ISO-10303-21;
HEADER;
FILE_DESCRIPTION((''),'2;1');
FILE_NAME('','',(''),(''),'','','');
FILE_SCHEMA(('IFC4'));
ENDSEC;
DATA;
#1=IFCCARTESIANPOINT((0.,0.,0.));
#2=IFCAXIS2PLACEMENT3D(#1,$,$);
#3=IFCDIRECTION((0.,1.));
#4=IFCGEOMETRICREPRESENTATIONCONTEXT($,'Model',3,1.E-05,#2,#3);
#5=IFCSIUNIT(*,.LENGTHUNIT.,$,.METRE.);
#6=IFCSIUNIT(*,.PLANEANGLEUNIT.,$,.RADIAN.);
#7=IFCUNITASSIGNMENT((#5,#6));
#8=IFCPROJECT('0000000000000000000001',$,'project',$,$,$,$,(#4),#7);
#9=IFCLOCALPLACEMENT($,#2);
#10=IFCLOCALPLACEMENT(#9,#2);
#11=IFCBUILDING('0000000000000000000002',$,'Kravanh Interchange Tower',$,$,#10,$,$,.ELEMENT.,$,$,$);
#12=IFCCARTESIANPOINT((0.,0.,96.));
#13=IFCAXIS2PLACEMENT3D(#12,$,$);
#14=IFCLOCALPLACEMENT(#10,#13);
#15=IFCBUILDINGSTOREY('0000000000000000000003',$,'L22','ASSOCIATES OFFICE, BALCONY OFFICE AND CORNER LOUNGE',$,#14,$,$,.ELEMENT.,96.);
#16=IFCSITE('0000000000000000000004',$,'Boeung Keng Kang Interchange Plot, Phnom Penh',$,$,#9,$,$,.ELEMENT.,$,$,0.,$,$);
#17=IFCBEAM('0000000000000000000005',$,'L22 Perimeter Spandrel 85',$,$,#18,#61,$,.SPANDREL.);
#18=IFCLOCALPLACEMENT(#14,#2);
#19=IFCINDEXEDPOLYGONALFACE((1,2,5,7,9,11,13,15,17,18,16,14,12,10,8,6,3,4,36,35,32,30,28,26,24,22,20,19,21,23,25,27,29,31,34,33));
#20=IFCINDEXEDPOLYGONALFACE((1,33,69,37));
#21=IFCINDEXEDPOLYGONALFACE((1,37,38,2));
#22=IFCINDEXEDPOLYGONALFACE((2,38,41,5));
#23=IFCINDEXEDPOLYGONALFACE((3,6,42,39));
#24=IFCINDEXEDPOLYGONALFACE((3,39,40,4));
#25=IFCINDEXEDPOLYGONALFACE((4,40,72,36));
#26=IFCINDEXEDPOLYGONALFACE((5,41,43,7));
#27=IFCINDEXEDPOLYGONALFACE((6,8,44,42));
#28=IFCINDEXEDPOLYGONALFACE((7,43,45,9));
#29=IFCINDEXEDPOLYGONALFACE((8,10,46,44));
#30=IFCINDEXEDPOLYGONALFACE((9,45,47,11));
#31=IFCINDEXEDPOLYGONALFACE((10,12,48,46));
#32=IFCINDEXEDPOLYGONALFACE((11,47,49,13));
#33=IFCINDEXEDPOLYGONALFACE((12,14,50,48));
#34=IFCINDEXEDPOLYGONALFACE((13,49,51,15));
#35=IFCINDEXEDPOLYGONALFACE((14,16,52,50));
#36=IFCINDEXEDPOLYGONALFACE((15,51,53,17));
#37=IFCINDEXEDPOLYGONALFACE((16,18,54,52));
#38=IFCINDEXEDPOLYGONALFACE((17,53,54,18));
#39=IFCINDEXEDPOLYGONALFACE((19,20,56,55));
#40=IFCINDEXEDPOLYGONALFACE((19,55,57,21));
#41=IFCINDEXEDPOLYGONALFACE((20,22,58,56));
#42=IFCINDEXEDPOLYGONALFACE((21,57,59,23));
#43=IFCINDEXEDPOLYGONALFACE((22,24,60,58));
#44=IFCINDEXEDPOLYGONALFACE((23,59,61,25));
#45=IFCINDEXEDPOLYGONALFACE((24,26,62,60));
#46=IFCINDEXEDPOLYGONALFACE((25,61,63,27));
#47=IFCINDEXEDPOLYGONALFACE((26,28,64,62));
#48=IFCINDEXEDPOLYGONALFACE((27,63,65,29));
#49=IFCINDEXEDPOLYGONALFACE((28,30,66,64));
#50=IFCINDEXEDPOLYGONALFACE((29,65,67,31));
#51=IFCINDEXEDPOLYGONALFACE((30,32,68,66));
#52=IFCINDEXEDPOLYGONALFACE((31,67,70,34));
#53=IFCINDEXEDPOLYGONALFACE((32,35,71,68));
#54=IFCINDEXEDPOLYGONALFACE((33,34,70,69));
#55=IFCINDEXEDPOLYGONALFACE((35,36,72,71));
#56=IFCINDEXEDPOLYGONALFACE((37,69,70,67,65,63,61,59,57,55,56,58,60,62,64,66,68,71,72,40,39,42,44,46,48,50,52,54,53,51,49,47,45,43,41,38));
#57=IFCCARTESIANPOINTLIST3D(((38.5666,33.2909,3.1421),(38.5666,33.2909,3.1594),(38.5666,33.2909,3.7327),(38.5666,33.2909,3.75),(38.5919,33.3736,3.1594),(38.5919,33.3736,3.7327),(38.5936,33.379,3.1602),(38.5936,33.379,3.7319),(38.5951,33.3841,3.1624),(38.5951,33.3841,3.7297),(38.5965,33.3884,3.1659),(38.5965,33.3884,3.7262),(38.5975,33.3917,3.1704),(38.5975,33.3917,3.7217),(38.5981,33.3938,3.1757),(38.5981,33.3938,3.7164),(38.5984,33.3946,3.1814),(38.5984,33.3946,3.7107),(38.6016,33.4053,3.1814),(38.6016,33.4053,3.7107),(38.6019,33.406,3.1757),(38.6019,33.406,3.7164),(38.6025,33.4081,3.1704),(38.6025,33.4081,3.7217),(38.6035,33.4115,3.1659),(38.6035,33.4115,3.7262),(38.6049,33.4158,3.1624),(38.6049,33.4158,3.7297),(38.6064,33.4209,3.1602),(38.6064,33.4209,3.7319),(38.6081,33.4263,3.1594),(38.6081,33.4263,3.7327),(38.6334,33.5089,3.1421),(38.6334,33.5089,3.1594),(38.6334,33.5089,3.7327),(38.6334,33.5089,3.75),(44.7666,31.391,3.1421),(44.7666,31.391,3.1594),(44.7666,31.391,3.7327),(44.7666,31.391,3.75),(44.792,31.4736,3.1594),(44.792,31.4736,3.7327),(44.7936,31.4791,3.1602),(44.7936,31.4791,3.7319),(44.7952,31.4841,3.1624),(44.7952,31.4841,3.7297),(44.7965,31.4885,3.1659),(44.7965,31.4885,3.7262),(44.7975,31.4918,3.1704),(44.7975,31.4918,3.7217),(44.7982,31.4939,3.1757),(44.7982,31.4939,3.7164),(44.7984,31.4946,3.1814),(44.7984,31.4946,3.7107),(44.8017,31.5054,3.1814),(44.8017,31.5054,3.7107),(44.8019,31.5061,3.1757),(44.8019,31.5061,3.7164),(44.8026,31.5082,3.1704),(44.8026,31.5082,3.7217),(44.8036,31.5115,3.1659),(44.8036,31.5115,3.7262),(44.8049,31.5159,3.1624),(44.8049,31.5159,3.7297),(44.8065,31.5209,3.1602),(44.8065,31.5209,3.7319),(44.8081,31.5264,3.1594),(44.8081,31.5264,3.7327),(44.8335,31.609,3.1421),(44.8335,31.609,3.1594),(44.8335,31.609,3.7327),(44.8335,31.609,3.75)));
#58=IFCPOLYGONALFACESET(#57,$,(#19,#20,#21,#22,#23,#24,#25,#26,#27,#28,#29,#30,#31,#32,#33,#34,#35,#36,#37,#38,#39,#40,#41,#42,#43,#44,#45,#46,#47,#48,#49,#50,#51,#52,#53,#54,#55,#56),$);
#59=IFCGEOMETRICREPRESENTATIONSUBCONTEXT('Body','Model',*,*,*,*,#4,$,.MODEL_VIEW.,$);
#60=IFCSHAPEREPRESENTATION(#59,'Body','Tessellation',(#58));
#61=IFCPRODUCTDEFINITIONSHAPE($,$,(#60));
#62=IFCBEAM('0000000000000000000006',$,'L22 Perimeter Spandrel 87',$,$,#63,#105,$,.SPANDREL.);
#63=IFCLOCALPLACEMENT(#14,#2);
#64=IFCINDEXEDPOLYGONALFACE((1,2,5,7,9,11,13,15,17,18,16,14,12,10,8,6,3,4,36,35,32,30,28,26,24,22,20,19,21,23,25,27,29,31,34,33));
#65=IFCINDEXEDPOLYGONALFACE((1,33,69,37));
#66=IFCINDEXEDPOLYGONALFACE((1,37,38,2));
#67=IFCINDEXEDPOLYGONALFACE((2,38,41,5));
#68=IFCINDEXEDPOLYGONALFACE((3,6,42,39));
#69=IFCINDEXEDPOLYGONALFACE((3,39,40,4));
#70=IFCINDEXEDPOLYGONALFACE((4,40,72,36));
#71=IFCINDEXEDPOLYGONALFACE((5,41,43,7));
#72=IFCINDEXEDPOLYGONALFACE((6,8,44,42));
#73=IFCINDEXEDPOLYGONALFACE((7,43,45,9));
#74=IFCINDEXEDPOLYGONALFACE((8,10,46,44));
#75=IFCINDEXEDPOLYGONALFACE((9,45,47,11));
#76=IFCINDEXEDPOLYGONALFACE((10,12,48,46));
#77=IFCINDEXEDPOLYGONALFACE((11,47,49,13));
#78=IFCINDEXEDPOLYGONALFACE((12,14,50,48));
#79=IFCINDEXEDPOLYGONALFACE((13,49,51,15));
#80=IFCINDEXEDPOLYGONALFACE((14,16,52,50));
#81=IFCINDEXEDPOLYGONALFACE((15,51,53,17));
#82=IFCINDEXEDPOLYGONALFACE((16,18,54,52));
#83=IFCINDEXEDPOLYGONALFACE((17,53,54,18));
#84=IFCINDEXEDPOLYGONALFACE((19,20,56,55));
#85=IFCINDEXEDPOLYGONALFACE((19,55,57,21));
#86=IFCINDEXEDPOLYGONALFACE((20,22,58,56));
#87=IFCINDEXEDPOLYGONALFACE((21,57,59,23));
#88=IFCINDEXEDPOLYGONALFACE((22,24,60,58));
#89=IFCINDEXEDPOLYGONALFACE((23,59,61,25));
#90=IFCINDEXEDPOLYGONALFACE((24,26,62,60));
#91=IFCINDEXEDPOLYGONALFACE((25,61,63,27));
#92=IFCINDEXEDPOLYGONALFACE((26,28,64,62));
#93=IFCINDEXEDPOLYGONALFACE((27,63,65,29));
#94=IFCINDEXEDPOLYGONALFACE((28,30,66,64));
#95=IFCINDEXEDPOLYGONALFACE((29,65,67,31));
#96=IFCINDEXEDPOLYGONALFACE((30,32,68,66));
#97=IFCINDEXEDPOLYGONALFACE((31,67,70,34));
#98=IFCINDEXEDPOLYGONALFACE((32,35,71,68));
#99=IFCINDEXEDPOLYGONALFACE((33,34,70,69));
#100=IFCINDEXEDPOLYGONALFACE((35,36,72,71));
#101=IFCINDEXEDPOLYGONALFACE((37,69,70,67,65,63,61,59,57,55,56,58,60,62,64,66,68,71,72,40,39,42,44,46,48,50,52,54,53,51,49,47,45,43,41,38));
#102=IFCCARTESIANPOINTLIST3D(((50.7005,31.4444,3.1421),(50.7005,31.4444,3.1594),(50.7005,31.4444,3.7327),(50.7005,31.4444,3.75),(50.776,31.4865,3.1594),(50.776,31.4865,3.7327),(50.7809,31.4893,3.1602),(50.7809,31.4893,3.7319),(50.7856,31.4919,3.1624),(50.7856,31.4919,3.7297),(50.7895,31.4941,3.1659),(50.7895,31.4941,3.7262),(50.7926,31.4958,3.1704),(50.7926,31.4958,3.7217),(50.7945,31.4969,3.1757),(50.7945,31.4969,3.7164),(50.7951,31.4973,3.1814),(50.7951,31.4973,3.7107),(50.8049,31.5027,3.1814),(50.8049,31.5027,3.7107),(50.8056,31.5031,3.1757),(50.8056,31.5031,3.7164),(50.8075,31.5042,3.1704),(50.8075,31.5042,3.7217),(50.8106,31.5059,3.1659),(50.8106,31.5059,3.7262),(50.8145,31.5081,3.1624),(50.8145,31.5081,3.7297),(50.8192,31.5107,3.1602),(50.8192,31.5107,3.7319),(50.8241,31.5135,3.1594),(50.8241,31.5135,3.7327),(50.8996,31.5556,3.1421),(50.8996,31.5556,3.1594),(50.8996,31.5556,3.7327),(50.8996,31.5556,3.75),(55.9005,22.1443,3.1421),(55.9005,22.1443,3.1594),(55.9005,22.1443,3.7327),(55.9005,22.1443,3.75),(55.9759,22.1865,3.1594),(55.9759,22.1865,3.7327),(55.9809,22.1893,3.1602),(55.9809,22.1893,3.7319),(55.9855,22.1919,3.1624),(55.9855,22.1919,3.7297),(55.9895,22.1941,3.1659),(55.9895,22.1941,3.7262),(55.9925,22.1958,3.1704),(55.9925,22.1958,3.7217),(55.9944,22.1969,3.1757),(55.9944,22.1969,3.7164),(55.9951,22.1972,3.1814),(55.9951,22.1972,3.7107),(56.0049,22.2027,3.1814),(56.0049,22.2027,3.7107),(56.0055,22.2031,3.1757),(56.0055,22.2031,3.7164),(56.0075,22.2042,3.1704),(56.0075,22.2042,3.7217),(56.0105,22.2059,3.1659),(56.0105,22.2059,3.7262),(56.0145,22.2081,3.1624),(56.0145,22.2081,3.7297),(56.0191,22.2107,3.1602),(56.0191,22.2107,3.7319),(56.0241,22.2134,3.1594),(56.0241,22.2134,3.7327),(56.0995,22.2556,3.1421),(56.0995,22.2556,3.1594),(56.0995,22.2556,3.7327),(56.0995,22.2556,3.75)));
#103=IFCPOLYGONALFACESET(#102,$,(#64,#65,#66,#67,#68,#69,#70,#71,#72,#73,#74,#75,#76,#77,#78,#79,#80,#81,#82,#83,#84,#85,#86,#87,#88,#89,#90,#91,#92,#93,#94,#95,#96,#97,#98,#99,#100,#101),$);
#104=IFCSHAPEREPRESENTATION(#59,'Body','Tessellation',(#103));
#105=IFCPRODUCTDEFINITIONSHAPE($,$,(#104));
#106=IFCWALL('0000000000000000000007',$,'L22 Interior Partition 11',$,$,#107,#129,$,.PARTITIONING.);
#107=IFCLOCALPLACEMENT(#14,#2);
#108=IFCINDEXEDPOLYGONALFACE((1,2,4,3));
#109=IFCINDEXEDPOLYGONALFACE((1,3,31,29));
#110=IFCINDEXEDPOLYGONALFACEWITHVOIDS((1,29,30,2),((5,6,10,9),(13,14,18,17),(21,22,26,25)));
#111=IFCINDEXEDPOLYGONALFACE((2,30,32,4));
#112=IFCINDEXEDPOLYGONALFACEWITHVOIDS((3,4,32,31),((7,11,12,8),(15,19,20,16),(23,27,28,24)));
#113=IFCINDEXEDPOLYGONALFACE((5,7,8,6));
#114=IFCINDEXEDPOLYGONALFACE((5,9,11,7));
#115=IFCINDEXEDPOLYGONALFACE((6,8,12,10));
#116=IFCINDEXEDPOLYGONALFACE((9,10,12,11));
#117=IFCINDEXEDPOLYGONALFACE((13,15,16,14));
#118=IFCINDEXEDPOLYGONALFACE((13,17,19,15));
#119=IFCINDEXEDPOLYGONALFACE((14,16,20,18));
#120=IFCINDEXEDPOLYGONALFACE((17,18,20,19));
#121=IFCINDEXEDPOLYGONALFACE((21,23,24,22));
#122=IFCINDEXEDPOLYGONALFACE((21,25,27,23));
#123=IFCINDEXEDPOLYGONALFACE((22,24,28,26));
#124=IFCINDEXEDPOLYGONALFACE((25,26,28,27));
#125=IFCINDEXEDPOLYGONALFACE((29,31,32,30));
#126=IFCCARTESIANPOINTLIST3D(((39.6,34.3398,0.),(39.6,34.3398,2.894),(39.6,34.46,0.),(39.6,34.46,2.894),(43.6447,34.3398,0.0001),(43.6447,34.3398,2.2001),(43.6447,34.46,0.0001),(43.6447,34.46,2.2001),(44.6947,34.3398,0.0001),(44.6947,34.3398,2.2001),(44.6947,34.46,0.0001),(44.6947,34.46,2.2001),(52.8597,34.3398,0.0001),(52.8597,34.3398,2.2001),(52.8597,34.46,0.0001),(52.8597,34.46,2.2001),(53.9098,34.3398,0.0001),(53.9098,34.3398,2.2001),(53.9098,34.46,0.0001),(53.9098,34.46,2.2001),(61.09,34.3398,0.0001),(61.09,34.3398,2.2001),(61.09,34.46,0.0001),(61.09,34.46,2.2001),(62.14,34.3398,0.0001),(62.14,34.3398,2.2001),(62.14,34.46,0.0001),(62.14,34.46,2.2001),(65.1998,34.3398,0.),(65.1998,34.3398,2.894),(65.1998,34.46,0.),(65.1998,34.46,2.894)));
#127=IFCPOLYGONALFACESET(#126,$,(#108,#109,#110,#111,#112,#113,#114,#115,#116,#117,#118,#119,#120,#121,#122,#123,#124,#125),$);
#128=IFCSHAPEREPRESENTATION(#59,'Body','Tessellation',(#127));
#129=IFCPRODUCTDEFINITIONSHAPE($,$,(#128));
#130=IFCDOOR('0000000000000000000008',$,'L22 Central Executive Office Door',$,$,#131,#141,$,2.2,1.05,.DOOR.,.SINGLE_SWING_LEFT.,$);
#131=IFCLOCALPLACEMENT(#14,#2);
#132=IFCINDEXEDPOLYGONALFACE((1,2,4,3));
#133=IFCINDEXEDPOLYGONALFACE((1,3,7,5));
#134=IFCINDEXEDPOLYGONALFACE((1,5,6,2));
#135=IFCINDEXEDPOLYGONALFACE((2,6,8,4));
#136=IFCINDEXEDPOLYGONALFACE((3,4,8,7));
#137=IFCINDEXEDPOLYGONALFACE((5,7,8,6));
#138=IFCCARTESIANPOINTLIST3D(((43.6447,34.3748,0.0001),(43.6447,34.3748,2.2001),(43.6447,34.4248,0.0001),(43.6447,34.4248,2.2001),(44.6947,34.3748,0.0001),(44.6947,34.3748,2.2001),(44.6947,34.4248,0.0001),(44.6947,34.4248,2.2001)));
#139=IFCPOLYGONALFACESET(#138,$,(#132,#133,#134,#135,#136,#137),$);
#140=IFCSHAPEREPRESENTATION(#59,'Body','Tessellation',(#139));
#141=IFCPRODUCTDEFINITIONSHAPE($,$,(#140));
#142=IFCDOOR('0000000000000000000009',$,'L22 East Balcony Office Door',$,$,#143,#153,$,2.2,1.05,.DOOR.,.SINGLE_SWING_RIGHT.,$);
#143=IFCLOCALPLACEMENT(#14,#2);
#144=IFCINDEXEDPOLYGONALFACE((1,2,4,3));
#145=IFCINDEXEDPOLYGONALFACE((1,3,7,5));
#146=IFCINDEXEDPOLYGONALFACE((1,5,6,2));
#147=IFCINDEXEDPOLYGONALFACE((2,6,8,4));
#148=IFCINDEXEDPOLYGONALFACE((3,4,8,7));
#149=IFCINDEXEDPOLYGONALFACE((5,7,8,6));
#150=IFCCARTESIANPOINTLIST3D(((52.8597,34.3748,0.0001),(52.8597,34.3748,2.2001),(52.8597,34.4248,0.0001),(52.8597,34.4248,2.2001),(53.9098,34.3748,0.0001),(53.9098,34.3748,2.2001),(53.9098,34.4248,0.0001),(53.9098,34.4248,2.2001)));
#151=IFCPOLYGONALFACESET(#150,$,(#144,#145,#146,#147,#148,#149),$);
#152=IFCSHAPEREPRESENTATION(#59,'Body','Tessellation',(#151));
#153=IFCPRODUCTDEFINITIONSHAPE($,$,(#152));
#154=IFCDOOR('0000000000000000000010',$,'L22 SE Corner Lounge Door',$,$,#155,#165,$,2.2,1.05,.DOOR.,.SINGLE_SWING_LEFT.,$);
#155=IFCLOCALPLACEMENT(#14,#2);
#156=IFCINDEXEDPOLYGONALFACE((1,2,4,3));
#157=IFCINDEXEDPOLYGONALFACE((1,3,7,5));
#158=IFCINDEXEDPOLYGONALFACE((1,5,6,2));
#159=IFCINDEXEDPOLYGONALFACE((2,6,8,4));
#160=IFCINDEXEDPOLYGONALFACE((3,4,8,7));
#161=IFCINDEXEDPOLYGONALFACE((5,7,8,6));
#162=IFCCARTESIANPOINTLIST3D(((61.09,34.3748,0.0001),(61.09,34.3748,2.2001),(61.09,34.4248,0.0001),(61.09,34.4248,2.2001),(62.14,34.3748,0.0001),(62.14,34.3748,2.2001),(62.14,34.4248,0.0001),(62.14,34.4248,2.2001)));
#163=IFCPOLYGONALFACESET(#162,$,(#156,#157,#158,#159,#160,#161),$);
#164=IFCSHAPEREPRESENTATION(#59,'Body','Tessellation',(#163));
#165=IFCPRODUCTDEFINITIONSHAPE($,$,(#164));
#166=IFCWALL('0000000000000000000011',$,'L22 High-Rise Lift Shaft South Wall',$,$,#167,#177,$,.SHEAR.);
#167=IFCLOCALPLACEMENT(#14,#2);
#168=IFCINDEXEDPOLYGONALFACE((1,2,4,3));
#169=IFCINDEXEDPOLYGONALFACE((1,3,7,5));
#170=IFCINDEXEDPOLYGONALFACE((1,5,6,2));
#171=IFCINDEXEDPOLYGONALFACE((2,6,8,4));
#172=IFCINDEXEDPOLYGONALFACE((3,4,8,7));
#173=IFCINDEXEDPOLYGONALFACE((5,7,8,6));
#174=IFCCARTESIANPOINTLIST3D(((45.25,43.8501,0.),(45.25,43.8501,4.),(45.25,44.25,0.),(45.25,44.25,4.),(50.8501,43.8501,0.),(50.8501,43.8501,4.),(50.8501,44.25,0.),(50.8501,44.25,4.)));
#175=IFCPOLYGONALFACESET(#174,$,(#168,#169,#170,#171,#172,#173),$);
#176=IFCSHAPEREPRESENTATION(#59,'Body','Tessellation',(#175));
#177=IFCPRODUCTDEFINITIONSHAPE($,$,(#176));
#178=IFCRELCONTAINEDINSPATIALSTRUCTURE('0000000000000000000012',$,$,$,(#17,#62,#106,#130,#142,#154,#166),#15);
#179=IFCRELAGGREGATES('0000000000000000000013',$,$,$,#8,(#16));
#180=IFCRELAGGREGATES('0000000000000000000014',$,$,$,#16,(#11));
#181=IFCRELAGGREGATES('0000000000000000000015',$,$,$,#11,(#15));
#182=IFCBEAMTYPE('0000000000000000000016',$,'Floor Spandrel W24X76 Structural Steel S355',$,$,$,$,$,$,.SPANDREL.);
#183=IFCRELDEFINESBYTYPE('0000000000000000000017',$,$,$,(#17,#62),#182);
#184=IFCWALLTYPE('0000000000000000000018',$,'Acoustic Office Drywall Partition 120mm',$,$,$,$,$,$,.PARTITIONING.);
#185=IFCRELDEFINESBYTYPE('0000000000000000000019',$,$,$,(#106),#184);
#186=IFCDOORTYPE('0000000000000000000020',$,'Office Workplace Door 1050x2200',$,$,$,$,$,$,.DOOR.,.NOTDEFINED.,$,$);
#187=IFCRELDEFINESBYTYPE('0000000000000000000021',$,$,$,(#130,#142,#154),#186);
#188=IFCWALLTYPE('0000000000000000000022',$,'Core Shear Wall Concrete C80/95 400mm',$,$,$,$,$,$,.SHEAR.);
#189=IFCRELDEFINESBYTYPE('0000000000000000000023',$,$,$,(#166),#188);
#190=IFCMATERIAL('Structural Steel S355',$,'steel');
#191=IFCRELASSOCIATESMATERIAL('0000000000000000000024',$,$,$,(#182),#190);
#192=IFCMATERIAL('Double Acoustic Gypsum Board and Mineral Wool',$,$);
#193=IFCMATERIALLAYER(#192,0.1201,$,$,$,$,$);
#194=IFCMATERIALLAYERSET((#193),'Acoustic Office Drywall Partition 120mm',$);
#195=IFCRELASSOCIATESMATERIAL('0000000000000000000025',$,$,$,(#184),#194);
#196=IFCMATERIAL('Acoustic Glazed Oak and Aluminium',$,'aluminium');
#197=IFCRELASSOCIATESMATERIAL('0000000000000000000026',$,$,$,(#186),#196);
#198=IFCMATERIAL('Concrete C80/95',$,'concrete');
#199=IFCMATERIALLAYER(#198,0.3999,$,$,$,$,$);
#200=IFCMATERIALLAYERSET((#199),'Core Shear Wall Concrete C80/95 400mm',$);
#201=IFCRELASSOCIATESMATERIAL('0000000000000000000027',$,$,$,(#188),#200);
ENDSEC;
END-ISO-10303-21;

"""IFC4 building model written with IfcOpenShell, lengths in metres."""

from ifc_helpers import new_model, si_unit, direction, frame, frame_2d, origin, origin_2d, place, context, subcontext, project, spatial, rectangle, i_section, extrude, material, layer, layer_set, material_profile, profile_set, type_object, element, fill, save


model = new_model("IFC4")

# Units and contexts
model_context = context("Model", 3, precision=1e-05, world=origin(), true_north=direction((0.0, 1.0)))
body_context = subcontext(model_context, "Body", "Model", "MODEL_VIEW")
ifc_project = project(units=[si_unit("LENGTHUNIT", "METRE"), si_unit("PLANEANGLEUNIT", "RADIAN")], contexts=[model_context])

# Site, building, storey
site_placement = place(None, origin())
site = spatial("IfcSite", under=ifc_project, at=site_placement, Name="Boeung Keng Kang Interchange Plot, Phnom Penh", CompositionType="ELEMENT", RefElevation=0.0)
building_placement = place(site_placement, origin())
building = spatial("IfcBuilding", under=site, at=building_placement, Name="Kravanh Interchange Tower", CompositionType="ELEMENT")
storey_placement = place(building_placement, frame((0.0, 0.0, 96.0)))
storey = spatial("IfcBuildingStorey", under=building, at=storey_placement, Name="L22", Description="ASSOCIATES OFFICE, BALCONY OFFICE AND CORNER LOUNGE", CompositionType="ELEMENT", Elevation=96.0)

# Beams
ifc_material_1 = material(Name="Structural Steel S355", Category="steel")
ifc_material_profile_1 = material_profile(ifc_material_1, i_section(OverallWidth=0.228, OverallDepth=0.6079, WebThickness=0.0112, FlangeThickness=0.0173, FilletRadius=0.022, at=origin_2d()), Name="W24X76")
ifc_profile_set_1 = profile_set([ifc_material_profile_1], Name="Structural Steel S355")
beam_type_1 = type_object("IfcBeamType", Name="Floor Spandrel W24X76 Structural Steel S355", PredefinedType="SPANDREL", material=ifc_profile_set_1)
beam_1_placement = place(storey_placement, frame((44.8, 31.5, 3.446), z_axis=(-0.956115, 0.29299, 0.0), x_axis=(-0.29299, -0.956115, 0.0)))
element("IfcBeam", 1, at=beam_1_placement, inside=storey, type_object=beam_type_1, Name="L22 Perimeter Spandrel 85", PredefinedType="SPANDREL", context=body_context, shape_type="SweptSolid", body=[
    extrude(i_section(OverallWidth=0.228, OverallDepth=0.6079, WebThickness=0.0112, FlangeThickness=0.0173, FilletRadius=0.022, at=origin_2d()), origin(), (0.0, 0.0, 1.0), 6.4846),
])
beam_2_placement = place(storey_placement, frame((50.8, 31.5, 3.446), z_axis=(0.488026, -0.872829, 0.0), x_axis=(0.872829, 0.488026, 0.0)))
element("IfcBeam", 2, at=beam_2_placement, inside=storey, type_object=beam_type_1, Name="L22 Perimeter Spandrel 87", PredefinedType="SPANDREL", context=body_context, shape_type="SweptSolid", body=[
    extrude(i_section(OverallWidth=0.228, OverallDepth=0.6079, WebThickness=0.0112, FlangeThickness=0.0173, FilletRadius=0.022, at=origin_2d()), origin(), (0.0, 0.0, 1.0), 10.655),
])

# Wall, openings, doors
ifc_material_2 = material(Name="Double Acoustic Gypsum Board and Mineral Wool")
ifc_layer_1 = layer(ifc_material_2, 0.1201)
ifc_layer_set_1 = layer_set([ifc_layer_1], Name="Acoustic Office Drywall Partition 120mm")
wall_type_1 = type_object("IfcWallType", Name="Acoustic Office Drywall Partition 120mm", PredefinedType="PARTITIONING", material=ifc_layer_set_1)
wall_1_placement = place(storey_placement, frame((39.6001, 34.3999, 0.0), z_axis=(0.0, 0.0, 1.0), x_axis=(1.0, 0.0, 0.0)))
wall_1 = element("IfcWall", 3, at=wall_1_placement, inside=storey, type_object=wall_type_1, Name="L22 Interior Partition 11", PredefinedType="PARTITIONING", context=body_context, shape_type="SweptSolid", body=[
    extrude(rectangle(XDim=25.5999, YDim=0.1201, at=frame_2d((12.7998, 0.0))), origin(), (0.0, 0.0, 1.0), 2.894),
])
opening_1_placement = place(wall_1_placement, frame((4.0447, 0.0, 0.0)))
opening_1 = element("IfcOpeningElement", 4, at=opening_1_placement, cuts=wall_1, PredefinedType="OPENING", context=body_context, shape_type="SweptSolid", body=[
    extrude(rectangle(XDim=1.05, YDim=2.2, at=frame_2d((0.5249, 1.1001))), frame((0.0, 0.0701, 0.0), z_axis=(0.0, -1.0, 0.0), x_axis=(1.0, 0.0, 0.0)), (0.0, 0.0, 1.0), 0.1401),
])
opening_2_placement = place(wall_1_placement, frame((13.2598, 0.0, 0.0)))
opening_2 = element("IfcOpeningElement", 5, at=opening_2_placement, cuts=wall_1, PredefinedType="OPENING", context=body_context, shape_type="SweptSolid", body=[
    extrude(rectangle(XDim=1.05, YDim=2.2, at=frame_2d((0.5249, 1.1001))), frame((0.0, 0.0701, 0.0), z_axis=(0.0, -1.0, 0.0), x_axis=(1.0, 0.0, 0.0)), (0.0, 0.0, 1.0), 0.1401),
])
opening_3_placement = place(wall_1_placement, frame((21.49, 0.0, 0.0)))
opening_3 = element("IfcOpeningElement", 6, at=opening_3_placement, cuts=wall_1, PredefinedType="OPENING", context=body_context, shape_type="SweptSolid", body=[
    extrude(rectangle(XDim=1.05, YDim=2.2, at=frame_2d((0.5249, 1.1001))), frame((0.0, 0.0701, 0.0), z_axis=(0.0, -1.0, 0.0), x_axis=(1.0, 0.0, 0.0)), (0.0, 0.0, 1.0), 0.1401),
])
ifc_material_3 = material(Name="Acoustic Glazed Oak and Aluminium", Category="aluminium")
door_type_1 = type_object("IfcDoorType", Name="Office Workplace Door 1050x2200", OperationType="NOTDEFINED", PredefinedType="DOOR", material=ifc_material_3)
door_1_placement = place(opening_1_placement, origin())
door_1 = element("IfcDoor", 7, at=door_1_placement, inside=storey, type_object=door_type_1, Name="L22 Central Executive Office Door", OperationType="SINGLE_SWING_LEFT", OverallHeight=2.2, OverallWidth=1.05, PredefinedType="DOOR", context=body_context, shape_type="SweptSolid", body=[
    extrude(rectangle(XDim=1.05, YDim=2.2, at=frame_2d((0.5249, 1.1001))), frame((0.0, 0.0249, 0.0), z_axis=(0.0, -1.0, 0.0), x_axis=(1.0, 0.0, 0.0)), (0.0, 0.0, 1.0), 0.05),
])
fill(opening_1, door_1)
door_2_placement = place(opening_2_placement, origin())
door_2 = element("IfcDoor", 8, at=door_2_placement, inside=storey, type_object=door_type_1, Name="L22 East Balcony Office Door", OperationType="SINGLE_SWING_RIGHT", OverallHeight=2.2, OverallWidth=1.05, PredefinedType="DOOR", context=body_context, shape_type="SweptSolid", body=[
    extrude(rectangle(XDim=1.05, YDim=2.2, at=frame_2d((0.5249, 1.1001))), frame((0.0, 0.0249, 0.0), z_axis=(0.0, -1.0, 0.0), x_axis=(1.0, 0.0, 0.0)), (0.0, 0.0, 1.0), 0.05),
])
fill(opening_2, door_2)
door_3_placement = place(opening_3_placement, origin())
door_3 = element("IfcDoor", 9, at=door_3_placement, inside=storey, type_object=door_type_1, Name="L22 SE Corner Lounge Door", OperationType="SINGLE_SWING_LEFT", OverallHeight=2.2, OverallWidth=1.05, PredefinedType="DOOR", context=body_context, shape_type="SweptSolid", body=[
    extrude(rectangle(XDim=1.05, YDim=2.2, at=frame_2d((0.5249, 1.1001))), frame((0.0, 0.0249, 0.0), z_axis=(0.0, -1.0, 0.0), x_axis=(1.0, 0.0, 0.0)), (0.0, 0.0, 1.0), 0.05),
])
fill(opening_3, door_3)

# Wall
ifc_material_4 = material(Name="Concrete C80/95", Category="concrete")
ifc_layer_2 = layer(ifc_material_4, 0.3999)
ifc_layer_set_2 = layer_set([ifc_layer_2], Name="Core Shear Wall Concrete C80/95 400mm")
wall_type_2 = type_object("IfcWallType", Name="Core Shear Wall Concrete C80/95 400mm", PredefinedType="SHEAR", material=ifc_layer_set_2)
wall_2_placement = place(storey_placement, frame((45.25, 44.05, 0.0), z_axis=(0.0, 0.0, 1.0), x_axis=(1.0, 0.0, 0.0)))
element("IfcWall", 10, at=wall_2_placement, inside=storey, type_object=wall_type_2, Name="L22 High-Rise Lift Shaft South Wall", PredefinedType="SHEAR", context=body_context, shape_type="SweptSolid", body=[
    extrude(rectangle(XDim=5.6001, YDim=0.3999, at=frame_2d((2.8, 0.0))), origin(), (0.0, 0.0, 1.0), 4.0),
])

save(model, "model.ifc")
